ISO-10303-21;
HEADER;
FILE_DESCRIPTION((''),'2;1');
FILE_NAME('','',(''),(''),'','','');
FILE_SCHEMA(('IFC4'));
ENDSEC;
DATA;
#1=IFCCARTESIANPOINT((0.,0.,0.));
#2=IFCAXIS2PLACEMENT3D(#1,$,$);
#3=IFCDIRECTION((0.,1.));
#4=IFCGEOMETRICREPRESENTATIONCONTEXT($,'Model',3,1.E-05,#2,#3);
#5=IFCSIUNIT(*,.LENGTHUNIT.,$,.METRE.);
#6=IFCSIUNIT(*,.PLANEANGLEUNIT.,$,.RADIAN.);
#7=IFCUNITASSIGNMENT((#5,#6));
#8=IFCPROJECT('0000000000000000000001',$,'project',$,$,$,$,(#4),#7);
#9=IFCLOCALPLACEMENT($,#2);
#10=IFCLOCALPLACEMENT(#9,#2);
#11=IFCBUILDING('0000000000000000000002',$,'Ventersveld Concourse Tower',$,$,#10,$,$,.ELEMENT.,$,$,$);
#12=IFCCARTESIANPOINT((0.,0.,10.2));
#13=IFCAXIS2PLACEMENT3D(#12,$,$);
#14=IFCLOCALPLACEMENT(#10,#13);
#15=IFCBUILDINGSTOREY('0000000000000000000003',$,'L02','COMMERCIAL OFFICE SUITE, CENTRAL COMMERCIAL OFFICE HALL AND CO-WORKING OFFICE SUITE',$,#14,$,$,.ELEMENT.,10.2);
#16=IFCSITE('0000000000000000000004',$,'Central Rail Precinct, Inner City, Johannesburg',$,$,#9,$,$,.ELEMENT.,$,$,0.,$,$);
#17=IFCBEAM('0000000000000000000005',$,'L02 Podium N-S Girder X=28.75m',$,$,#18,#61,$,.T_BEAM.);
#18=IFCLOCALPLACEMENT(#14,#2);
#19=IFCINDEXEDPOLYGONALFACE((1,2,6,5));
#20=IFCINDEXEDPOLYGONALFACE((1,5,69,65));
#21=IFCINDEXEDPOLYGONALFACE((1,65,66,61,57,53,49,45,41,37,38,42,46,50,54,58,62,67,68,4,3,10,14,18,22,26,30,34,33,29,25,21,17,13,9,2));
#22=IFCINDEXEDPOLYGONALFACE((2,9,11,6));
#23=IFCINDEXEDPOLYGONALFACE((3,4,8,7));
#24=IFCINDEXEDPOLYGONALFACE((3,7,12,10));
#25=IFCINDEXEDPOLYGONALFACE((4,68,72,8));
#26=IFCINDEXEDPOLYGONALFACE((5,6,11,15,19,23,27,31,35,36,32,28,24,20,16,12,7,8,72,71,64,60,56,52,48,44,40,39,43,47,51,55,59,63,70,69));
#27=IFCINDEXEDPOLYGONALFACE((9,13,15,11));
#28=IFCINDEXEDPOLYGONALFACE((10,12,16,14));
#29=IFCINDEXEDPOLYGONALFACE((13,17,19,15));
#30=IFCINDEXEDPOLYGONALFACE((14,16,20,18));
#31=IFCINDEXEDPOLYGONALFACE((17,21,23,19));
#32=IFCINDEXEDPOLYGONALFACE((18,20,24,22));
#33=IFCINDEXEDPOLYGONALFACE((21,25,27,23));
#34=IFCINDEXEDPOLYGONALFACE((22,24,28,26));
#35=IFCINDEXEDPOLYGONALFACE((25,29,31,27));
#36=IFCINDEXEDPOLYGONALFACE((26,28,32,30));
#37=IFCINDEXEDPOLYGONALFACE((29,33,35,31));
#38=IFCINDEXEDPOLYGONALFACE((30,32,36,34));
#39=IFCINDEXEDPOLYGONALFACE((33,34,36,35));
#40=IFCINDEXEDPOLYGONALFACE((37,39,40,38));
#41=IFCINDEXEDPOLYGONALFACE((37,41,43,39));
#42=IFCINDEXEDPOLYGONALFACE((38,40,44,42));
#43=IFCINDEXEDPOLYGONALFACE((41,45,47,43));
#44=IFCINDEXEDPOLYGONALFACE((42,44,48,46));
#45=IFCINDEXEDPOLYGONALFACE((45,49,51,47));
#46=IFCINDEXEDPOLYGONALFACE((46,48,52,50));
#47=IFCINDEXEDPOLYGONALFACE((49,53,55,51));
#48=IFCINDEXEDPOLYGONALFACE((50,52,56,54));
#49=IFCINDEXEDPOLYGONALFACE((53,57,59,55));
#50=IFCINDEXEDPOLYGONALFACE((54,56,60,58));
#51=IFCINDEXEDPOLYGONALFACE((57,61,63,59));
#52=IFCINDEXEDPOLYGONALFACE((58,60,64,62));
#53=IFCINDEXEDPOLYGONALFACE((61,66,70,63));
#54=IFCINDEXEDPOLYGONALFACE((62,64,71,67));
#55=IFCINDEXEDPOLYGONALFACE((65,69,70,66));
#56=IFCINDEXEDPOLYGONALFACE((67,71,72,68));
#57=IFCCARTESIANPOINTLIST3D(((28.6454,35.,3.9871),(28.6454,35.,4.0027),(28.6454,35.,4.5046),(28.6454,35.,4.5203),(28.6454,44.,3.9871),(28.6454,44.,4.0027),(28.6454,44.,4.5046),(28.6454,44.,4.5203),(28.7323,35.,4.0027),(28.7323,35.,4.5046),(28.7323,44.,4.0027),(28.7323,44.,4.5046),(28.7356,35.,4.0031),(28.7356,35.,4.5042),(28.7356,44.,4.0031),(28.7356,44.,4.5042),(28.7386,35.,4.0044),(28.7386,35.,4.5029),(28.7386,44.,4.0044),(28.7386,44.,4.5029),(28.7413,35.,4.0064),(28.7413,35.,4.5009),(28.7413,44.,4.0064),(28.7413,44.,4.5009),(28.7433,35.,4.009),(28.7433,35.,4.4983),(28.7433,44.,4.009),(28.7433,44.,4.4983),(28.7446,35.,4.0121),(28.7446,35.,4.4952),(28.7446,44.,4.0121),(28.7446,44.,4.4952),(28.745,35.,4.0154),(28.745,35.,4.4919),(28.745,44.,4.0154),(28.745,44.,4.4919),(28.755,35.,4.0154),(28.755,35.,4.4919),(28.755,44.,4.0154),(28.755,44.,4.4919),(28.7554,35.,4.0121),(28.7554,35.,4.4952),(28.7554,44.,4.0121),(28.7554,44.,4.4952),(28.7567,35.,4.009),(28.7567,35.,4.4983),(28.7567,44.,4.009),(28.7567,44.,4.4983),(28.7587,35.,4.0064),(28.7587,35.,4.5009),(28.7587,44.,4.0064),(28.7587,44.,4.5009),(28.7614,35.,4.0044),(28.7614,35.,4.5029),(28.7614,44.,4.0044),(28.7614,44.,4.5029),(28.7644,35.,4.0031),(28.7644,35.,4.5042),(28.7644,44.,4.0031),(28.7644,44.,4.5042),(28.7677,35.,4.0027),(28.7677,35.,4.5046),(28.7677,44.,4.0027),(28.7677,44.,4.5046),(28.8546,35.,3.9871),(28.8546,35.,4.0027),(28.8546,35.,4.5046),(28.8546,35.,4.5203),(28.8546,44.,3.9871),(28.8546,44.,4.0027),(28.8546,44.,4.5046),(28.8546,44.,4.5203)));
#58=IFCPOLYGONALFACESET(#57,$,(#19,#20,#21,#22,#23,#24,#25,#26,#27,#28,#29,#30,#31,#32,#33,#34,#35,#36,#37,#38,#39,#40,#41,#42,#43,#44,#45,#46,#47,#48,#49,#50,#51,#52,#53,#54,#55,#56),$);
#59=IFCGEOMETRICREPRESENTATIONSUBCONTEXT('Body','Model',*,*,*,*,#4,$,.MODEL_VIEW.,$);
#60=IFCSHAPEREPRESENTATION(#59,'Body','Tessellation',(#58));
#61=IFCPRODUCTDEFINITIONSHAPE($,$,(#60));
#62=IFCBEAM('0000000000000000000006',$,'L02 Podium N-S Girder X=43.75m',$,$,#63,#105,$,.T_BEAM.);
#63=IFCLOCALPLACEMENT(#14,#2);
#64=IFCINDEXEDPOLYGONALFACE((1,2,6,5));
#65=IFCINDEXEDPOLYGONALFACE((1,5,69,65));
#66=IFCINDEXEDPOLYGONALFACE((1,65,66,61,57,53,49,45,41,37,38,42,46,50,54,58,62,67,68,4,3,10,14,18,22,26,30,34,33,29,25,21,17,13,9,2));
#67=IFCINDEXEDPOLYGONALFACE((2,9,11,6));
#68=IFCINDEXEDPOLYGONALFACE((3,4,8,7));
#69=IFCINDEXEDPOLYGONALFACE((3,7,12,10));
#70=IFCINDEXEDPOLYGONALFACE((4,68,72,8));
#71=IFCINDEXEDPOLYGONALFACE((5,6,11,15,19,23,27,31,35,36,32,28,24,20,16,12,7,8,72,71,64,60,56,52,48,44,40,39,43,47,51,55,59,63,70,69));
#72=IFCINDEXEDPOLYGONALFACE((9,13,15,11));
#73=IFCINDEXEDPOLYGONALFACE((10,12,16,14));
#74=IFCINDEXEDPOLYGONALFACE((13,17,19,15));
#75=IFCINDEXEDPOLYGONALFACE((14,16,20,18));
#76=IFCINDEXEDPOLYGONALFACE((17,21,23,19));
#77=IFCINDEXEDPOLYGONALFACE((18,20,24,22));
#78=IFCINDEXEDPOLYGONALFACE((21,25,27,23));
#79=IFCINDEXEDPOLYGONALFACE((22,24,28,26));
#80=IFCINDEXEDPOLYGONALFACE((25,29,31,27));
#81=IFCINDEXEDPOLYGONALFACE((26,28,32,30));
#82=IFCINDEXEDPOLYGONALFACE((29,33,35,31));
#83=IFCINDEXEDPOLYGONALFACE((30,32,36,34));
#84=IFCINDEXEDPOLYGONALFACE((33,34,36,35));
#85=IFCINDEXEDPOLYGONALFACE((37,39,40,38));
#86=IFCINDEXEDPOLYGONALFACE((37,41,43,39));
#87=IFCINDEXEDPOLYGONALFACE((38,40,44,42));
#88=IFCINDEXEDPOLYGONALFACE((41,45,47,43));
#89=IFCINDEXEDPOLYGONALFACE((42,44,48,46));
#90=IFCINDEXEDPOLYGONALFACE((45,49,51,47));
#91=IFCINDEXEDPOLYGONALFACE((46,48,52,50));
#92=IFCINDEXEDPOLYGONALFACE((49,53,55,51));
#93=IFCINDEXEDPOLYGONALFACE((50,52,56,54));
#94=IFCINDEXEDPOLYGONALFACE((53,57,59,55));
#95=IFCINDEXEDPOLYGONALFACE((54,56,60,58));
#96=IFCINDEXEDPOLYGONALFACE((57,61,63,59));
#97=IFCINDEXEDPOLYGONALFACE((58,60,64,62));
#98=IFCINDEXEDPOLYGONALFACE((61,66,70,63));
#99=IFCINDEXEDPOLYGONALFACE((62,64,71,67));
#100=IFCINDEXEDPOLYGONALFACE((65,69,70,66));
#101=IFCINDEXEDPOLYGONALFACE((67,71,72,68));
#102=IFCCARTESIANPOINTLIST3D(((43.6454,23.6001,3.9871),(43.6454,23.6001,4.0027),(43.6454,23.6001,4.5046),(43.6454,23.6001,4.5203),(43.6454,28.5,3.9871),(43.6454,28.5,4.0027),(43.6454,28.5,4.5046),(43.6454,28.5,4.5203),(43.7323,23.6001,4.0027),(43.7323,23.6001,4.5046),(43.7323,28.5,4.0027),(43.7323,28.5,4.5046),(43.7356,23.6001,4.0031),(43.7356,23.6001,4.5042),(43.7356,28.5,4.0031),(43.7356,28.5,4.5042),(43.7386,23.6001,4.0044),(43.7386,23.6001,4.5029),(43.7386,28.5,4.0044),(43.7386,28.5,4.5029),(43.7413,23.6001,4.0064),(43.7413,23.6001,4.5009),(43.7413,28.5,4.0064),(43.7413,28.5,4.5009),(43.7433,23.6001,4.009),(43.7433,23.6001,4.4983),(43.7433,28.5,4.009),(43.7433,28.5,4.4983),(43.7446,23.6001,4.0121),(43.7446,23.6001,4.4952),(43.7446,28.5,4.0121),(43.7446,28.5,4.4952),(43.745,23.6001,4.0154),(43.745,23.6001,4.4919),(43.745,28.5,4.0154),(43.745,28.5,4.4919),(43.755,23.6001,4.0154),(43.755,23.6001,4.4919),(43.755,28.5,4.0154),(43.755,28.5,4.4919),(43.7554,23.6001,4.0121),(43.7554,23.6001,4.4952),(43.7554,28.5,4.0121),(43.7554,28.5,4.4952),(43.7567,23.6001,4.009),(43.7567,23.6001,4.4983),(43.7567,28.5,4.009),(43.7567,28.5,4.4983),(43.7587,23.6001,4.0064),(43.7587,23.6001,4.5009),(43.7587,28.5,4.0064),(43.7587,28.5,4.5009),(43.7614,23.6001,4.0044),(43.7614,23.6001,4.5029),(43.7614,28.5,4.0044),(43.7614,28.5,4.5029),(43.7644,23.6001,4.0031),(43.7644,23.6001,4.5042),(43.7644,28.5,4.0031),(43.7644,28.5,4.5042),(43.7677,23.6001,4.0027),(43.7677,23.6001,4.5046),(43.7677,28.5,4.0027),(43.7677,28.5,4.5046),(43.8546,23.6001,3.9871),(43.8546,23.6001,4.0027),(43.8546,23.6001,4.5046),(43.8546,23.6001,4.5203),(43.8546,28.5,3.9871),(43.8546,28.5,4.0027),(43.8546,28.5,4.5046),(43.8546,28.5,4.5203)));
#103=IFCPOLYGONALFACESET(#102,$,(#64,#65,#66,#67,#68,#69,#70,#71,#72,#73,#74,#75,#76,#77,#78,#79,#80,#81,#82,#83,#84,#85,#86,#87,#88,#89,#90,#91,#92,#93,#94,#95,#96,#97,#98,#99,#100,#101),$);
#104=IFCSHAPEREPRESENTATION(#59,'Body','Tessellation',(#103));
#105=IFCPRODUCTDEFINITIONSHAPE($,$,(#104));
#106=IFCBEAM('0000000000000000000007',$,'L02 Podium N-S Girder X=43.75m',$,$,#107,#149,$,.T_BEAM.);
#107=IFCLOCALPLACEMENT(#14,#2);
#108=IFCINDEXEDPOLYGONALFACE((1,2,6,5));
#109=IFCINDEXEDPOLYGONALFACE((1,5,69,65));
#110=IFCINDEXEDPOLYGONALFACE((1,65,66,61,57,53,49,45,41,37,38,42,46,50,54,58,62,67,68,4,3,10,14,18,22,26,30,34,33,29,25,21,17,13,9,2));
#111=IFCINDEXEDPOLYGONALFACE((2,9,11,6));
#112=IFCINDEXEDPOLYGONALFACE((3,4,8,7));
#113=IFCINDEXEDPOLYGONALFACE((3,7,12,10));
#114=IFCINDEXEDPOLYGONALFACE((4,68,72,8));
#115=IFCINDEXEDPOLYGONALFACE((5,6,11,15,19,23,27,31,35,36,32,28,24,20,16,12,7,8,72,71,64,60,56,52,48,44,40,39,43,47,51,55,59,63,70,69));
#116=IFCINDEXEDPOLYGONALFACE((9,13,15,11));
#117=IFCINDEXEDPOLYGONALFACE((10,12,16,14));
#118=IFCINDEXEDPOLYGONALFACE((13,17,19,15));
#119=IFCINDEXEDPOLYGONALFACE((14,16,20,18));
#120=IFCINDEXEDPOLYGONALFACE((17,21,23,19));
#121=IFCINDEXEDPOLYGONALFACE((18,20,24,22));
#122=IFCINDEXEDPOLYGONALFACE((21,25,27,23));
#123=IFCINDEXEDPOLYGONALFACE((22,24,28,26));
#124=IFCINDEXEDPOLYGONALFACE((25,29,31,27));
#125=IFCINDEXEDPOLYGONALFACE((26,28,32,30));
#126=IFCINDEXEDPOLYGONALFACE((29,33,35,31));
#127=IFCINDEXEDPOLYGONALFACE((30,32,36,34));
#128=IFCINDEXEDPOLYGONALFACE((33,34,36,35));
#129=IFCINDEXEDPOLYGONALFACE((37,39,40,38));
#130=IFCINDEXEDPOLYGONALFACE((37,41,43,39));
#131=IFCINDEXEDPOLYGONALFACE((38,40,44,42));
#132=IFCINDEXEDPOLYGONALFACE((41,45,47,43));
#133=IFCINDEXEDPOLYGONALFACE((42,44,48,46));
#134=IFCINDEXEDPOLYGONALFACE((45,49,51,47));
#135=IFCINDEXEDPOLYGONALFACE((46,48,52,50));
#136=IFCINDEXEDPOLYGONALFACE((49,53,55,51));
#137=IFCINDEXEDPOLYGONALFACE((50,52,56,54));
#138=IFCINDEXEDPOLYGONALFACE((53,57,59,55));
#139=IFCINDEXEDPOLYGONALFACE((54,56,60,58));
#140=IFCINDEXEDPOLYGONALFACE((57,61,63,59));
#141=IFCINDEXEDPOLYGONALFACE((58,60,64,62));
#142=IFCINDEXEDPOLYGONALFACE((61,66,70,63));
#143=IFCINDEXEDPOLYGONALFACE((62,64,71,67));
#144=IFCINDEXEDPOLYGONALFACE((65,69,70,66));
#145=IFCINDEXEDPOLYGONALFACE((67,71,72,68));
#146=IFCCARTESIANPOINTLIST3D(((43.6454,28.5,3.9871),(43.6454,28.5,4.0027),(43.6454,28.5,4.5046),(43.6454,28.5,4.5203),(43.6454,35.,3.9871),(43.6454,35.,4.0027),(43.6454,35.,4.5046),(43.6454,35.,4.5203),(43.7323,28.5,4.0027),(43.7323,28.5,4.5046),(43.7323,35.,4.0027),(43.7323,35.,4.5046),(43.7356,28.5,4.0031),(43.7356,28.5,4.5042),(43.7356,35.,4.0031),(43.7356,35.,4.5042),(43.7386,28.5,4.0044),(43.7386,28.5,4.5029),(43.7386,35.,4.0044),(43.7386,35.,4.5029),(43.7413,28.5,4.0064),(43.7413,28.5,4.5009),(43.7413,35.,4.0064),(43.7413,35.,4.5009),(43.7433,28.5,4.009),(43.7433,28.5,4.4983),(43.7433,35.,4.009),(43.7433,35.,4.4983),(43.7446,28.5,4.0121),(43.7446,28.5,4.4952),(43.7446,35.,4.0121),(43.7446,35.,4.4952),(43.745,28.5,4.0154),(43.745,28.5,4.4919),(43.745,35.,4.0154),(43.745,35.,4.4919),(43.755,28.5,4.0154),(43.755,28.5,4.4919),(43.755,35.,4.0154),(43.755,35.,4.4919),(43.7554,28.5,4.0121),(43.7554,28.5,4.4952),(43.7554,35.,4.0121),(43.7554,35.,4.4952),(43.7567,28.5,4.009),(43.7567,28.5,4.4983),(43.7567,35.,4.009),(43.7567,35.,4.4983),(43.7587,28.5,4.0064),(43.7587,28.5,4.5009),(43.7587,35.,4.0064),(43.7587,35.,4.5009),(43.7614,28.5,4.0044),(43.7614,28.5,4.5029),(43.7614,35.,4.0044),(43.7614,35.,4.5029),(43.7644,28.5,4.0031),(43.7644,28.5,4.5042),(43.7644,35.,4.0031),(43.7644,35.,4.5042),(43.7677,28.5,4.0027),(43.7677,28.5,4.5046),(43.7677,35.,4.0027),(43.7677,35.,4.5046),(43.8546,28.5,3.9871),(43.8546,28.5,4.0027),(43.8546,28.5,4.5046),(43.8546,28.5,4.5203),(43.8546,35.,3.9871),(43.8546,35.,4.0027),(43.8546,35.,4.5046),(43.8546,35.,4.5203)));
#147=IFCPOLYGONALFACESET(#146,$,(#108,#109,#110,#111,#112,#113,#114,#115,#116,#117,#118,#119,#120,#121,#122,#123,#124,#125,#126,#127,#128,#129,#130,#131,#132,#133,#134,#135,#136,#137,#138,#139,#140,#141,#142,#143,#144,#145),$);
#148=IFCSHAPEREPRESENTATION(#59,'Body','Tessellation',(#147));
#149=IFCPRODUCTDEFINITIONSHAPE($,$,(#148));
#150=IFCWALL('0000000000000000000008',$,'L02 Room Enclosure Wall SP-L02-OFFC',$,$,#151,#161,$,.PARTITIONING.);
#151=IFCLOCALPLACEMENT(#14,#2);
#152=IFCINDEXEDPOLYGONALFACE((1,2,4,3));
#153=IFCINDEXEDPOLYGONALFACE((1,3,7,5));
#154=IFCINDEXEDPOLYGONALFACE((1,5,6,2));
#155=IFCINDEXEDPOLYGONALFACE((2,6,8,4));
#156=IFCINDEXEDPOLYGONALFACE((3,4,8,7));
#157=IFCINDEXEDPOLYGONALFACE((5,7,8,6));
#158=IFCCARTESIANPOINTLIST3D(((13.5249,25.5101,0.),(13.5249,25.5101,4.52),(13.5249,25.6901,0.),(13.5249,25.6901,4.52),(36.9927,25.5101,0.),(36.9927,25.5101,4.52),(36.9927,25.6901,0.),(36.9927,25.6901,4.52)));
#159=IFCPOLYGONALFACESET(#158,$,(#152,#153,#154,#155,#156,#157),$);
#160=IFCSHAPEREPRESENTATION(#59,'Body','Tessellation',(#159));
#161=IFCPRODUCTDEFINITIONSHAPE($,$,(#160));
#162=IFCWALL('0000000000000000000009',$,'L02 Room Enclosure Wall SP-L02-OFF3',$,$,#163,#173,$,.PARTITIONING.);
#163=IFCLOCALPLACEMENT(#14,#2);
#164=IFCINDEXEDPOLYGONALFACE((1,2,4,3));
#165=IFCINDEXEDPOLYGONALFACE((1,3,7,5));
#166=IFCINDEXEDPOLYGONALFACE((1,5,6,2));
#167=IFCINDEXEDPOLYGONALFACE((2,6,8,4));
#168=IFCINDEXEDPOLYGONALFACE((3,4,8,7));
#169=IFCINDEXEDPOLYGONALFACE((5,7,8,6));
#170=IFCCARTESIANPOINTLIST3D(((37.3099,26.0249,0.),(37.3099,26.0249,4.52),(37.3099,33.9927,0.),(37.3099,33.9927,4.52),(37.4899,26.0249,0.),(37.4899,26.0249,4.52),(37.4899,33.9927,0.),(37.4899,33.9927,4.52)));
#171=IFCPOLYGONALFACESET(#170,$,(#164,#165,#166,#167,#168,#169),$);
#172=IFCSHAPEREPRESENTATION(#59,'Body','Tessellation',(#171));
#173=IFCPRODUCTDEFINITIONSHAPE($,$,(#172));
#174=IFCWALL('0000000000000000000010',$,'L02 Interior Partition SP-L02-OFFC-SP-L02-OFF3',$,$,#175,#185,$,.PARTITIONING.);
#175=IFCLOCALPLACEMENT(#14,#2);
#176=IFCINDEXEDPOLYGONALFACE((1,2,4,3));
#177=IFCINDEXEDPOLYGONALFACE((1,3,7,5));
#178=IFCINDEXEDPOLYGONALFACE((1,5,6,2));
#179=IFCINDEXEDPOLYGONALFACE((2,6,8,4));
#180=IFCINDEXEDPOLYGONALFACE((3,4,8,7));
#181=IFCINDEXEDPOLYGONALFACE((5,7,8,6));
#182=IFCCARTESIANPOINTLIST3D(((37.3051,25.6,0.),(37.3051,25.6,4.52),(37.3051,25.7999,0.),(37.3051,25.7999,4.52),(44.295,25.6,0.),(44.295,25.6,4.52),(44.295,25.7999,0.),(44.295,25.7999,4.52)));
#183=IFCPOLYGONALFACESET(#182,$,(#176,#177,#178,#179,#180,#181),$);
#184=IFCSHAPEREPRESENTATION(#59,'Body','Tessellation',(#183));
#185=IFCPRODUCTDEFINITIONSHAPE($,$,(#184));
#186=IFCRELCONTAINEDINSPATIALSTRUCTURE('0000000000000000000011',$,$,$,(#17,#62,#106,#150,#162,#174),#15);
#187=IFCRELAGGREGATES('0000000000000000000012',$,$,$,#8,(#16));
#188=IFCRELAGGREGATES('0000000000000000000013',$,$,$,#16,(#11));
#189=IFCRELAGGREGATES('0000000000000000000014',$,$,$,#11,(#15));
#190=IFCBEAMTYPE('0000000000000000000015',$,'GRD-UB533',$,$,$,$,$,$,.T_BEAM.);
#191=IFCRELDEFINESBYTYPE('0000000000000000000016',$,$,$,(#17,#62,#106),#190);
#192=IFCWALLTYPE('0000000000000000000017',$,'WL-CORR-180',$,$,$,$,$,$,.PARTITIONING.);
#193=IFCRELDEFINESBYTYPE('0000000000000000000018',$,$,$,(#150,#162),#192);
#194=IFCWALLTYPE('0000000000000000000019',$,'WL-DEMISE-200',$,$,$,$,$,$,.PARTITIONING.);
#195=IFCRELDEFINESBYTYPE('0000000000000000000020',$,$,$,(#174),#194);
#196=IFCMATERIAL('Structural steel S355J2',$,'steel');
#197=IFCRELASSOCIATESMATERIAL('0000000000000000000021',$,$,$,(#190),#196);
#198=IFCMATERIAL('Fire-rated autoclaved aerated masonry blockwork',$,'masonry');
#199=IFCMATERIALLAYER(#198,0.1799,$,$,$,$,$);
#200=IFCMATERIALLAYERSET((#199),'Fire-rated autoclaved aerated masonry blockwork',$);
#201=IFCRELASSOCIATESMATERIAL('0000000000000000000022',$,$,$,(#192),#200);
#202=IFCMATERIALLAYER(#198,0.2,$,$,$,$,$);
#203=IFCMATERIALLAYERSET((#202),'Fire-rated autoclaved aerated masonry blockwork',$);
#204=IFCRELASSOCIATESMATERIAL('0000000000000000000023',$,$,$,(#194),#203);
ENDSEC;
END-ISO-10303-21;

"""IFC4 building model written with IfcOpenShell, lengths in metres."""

from ifc_helpers import new_model, si_unit, direction, frame, frame_2d, origin, origin_2d, place, context, subcontext, project, spatial, rectangle, i_section, extrude, material, layer, layer_set, material_profile, profile_set, type_object, element, save


model = new_model("IFC4")

# Units and contexts
model_context = context("Model", 3, precision=1e-05, world=origin(), true_north=direction((0.0, 1.0)))
body_context = subcontext(model_context, "Body", "Model", "MODEL_VIEW")
ifc_project = project(units=[si_unit("LENGTHUNIT", "METRE"), si_unit("PLANEANGLEUNIT", "RADIAN")], contexts=[model_context])

# Site, building, storey
site_placement = place(None, origin())
site = spatial("IfcSite", under=ifc_project, at=site_placement, Name="Central Rail Precinct, Inner City, Johannesburg", CompositionType="ELEMENT", RefElevation=0.0)
building_placement = place(site_placement, origin())
building = spatial("IfcBuilding", under=site, at=building_placement, Name="Ventersveld Concourse Tower", CompositionType="ELEMENT")
storey_placement = place(building_placement, frame((0.0, 0.0, 10.2)))
storey = spatial("IfcBuildingStorey", under=building, at=storey_placement, Name="L02", Description="COMMERCIAL OFFICE SUITE, CENTRAL COMMERCIAL OFFICE HALL AND CO-WORKING OFFICE SUITE", CompositionType="ELEMENT", Elevation=10.2)

# Beams
ifc_material_1 = material(Name="Structural steel S355J2", Category="steel")
ifc_material_profile_1 = material_profile(ifc_material_1, i_section(OverallWidth=0.2092, OverallDepth=0.5332, WebThickness=0.01, FlangeThickness=0.0156, FilletRadius=0.0127, at=origin_2d()), Name="UB 533x210x92")
ifc_profile_set_1 = profile_set([ifc_material_profile_1], Name="Structural steel S355J2")
beam_type_1 = type_object("IfcBeamType", Name="GRD-UB533", PredefinedType="T_BEAM", material=ifc_profile_set_1)
beam_1_placement = place(storey_placement, frame((28.75, 35.0, 4.2537), z_axis=(0.0, 1.0, 0.0), x_axis=(-1.0, 0.0, 0.0)))
element("IfcBeam", 1, at=beam_1_placement, inside=storey, type_object=beam_type_1, Name="L02 Podium N-S Girder X=28.75m", PredefinedType="T_BEAM", context=body_context, shape_type="SweptSolid", body=[
    extrude(i_section(OverallWidth=0.2092, OverallDepth=0.5332, WebThickness=0.01, FlangeThickness=0.0156, FilletRadius=0.0127, at=origin_2d()), origin(), (0.0, 0.0, 1.0), 9.0),
])
beam_2_placement = place(storey_placement, frame((43.75, 23.6001, 4.2537), z_axis=(0.0, 1.0, 0.0), x_axis=(-1.0, 0.0, 0.0)))
element("IfcBeam", 2, at=beam_2_placement, inside=storey, type_object=beam_type_1, Name="L02 Podium N-S Girder X=43.75m", PredefinedType="T_BEAM", context=body_context, shape_type="SweptSolid", body=[
    extrude(i_section(OverallWidth=0.2092, OverallDepth=0.5332, WebThickness=0.01, FlangeThickness=0.0156, FilletRadius=0.0127, at=origin_2d()), origin(), (0.0, 0.0, 1.0), 4.8999),
])
beam_3_placement = place(storey_placement, frame((43.75, 28.5, 4.2537), z_axis=(0.0, 1.0, 0.0), x_axis=(-1.0, 0.0, 0.0)))
element("IfcBeam", 3, at=beam_3_placement, inside=storey, type_object=beam_type_1, Name="L02 Podium N-S Girder X=43.75m", PredefinedType="T_BEAM", context=body_context, shape_type="SweptSolid", body=[
    extrude(i_section(OverallWidth=0.2092, OverallDepth=0.5332, WebThickness=0.01, FlangeThickness=0.0156, FilletRadius=0.0127, at=origin_2d()), origin(), (0.0, 0.0, 1.0), 6.5),
])

# Walls
ifc_material_2 = material(Name="Fire-rated autoclaved aerated masonry blockwork", Category="masonry")
ifc_layer_1 = layer(ifc_material_2, 0.1799)
ifc_layer_set_1 = layer_set([ifc_layer_1], Name="Fire-rated autoclaved aerated masonry blockwork")
wall_type_1 = type_object("IfcWallType", Name="WL-CORR-180", PredefinedType="PARTITIONING", material=ifc_layer_set_1)
wall_1_placement = place(storey_placement, frame((36.9927, 25.6001, 0.0), z_axis=(0.0, 0.0, 1.0), x_axis=(-1.0, 0.0, 0.0)))
element("IfcWall", 4, at=wall_1_placement, inside=storey, type_object=wall_type_1, Name="L02 Room Enclosure Wall SP-L02-OFFC", PredefinedType="PARTITIONING", context=body_context, shape_type="SweptSolid", body=[
    extrude(rectangle(XDim=23.4678, YDim=0.1799, at=frame_2d((11.7339, 0.0))), origin(), (0.0, 0.0, 1.0), 4.52),
])
wall_2_placement = place(storey_placement, frame((37.3999, 33.9927, 0.0), z_axis=(0.0, 0.0, 1.0), x_axis=(0.0, -1.0, 0.0)))
element("IfcWall", 5, at=wall_2_placement, inside=storey, type_object=wall_type_1, Name="L02 Room Enclosure Wall SP-L02-OFF3", PredefinedType="PARTITIONING", context=body_context, shape_type="SweptSolid", body=[
    extrude(rectangle(XDim=7.9678, YDim=0.1799, at=frame_2d((3.9839, 0.0))), origin(), (0.0, 0.0, 1.0), 4.52),
])
ifc_layer_2 = layer(ifc_material_2, 0.2)
ifc_layer_set_2 = layer_set([ifc_layer_2], Name="Fire-rated autoclaved aerated masonry blockwork")
wall_type_2 = type_object("IfcWallType", Name="WL-DEMISE-200", PredefinedType="PARTITIONING", material=ifc_layer_set_2)
wall_3_placement = place(storey_placement, frame((37.3049, 25.7, 0.0), z_axis=(0.0, 0.0, 1.0), x_axis=(1.0, 0.0, 0.0)))
element("IfcWall", 6, at=wall_3_placement, inside=storey, type_object=wall_type_2, Name="L02 Interior Partition SP-L02-OFFC-SP-L02-OFF3", PredefinedType="PARTITIONING", context=body_context, shape_type="SweptSolid", body=[
    extrude(rectangle(XDim=6.99, YDim=0.2, at=frame_2d((3.4951, 0.0))), origin(), (0.0, 0.0, 1.0), 4.52),
])

save(model, "model.ifc")
